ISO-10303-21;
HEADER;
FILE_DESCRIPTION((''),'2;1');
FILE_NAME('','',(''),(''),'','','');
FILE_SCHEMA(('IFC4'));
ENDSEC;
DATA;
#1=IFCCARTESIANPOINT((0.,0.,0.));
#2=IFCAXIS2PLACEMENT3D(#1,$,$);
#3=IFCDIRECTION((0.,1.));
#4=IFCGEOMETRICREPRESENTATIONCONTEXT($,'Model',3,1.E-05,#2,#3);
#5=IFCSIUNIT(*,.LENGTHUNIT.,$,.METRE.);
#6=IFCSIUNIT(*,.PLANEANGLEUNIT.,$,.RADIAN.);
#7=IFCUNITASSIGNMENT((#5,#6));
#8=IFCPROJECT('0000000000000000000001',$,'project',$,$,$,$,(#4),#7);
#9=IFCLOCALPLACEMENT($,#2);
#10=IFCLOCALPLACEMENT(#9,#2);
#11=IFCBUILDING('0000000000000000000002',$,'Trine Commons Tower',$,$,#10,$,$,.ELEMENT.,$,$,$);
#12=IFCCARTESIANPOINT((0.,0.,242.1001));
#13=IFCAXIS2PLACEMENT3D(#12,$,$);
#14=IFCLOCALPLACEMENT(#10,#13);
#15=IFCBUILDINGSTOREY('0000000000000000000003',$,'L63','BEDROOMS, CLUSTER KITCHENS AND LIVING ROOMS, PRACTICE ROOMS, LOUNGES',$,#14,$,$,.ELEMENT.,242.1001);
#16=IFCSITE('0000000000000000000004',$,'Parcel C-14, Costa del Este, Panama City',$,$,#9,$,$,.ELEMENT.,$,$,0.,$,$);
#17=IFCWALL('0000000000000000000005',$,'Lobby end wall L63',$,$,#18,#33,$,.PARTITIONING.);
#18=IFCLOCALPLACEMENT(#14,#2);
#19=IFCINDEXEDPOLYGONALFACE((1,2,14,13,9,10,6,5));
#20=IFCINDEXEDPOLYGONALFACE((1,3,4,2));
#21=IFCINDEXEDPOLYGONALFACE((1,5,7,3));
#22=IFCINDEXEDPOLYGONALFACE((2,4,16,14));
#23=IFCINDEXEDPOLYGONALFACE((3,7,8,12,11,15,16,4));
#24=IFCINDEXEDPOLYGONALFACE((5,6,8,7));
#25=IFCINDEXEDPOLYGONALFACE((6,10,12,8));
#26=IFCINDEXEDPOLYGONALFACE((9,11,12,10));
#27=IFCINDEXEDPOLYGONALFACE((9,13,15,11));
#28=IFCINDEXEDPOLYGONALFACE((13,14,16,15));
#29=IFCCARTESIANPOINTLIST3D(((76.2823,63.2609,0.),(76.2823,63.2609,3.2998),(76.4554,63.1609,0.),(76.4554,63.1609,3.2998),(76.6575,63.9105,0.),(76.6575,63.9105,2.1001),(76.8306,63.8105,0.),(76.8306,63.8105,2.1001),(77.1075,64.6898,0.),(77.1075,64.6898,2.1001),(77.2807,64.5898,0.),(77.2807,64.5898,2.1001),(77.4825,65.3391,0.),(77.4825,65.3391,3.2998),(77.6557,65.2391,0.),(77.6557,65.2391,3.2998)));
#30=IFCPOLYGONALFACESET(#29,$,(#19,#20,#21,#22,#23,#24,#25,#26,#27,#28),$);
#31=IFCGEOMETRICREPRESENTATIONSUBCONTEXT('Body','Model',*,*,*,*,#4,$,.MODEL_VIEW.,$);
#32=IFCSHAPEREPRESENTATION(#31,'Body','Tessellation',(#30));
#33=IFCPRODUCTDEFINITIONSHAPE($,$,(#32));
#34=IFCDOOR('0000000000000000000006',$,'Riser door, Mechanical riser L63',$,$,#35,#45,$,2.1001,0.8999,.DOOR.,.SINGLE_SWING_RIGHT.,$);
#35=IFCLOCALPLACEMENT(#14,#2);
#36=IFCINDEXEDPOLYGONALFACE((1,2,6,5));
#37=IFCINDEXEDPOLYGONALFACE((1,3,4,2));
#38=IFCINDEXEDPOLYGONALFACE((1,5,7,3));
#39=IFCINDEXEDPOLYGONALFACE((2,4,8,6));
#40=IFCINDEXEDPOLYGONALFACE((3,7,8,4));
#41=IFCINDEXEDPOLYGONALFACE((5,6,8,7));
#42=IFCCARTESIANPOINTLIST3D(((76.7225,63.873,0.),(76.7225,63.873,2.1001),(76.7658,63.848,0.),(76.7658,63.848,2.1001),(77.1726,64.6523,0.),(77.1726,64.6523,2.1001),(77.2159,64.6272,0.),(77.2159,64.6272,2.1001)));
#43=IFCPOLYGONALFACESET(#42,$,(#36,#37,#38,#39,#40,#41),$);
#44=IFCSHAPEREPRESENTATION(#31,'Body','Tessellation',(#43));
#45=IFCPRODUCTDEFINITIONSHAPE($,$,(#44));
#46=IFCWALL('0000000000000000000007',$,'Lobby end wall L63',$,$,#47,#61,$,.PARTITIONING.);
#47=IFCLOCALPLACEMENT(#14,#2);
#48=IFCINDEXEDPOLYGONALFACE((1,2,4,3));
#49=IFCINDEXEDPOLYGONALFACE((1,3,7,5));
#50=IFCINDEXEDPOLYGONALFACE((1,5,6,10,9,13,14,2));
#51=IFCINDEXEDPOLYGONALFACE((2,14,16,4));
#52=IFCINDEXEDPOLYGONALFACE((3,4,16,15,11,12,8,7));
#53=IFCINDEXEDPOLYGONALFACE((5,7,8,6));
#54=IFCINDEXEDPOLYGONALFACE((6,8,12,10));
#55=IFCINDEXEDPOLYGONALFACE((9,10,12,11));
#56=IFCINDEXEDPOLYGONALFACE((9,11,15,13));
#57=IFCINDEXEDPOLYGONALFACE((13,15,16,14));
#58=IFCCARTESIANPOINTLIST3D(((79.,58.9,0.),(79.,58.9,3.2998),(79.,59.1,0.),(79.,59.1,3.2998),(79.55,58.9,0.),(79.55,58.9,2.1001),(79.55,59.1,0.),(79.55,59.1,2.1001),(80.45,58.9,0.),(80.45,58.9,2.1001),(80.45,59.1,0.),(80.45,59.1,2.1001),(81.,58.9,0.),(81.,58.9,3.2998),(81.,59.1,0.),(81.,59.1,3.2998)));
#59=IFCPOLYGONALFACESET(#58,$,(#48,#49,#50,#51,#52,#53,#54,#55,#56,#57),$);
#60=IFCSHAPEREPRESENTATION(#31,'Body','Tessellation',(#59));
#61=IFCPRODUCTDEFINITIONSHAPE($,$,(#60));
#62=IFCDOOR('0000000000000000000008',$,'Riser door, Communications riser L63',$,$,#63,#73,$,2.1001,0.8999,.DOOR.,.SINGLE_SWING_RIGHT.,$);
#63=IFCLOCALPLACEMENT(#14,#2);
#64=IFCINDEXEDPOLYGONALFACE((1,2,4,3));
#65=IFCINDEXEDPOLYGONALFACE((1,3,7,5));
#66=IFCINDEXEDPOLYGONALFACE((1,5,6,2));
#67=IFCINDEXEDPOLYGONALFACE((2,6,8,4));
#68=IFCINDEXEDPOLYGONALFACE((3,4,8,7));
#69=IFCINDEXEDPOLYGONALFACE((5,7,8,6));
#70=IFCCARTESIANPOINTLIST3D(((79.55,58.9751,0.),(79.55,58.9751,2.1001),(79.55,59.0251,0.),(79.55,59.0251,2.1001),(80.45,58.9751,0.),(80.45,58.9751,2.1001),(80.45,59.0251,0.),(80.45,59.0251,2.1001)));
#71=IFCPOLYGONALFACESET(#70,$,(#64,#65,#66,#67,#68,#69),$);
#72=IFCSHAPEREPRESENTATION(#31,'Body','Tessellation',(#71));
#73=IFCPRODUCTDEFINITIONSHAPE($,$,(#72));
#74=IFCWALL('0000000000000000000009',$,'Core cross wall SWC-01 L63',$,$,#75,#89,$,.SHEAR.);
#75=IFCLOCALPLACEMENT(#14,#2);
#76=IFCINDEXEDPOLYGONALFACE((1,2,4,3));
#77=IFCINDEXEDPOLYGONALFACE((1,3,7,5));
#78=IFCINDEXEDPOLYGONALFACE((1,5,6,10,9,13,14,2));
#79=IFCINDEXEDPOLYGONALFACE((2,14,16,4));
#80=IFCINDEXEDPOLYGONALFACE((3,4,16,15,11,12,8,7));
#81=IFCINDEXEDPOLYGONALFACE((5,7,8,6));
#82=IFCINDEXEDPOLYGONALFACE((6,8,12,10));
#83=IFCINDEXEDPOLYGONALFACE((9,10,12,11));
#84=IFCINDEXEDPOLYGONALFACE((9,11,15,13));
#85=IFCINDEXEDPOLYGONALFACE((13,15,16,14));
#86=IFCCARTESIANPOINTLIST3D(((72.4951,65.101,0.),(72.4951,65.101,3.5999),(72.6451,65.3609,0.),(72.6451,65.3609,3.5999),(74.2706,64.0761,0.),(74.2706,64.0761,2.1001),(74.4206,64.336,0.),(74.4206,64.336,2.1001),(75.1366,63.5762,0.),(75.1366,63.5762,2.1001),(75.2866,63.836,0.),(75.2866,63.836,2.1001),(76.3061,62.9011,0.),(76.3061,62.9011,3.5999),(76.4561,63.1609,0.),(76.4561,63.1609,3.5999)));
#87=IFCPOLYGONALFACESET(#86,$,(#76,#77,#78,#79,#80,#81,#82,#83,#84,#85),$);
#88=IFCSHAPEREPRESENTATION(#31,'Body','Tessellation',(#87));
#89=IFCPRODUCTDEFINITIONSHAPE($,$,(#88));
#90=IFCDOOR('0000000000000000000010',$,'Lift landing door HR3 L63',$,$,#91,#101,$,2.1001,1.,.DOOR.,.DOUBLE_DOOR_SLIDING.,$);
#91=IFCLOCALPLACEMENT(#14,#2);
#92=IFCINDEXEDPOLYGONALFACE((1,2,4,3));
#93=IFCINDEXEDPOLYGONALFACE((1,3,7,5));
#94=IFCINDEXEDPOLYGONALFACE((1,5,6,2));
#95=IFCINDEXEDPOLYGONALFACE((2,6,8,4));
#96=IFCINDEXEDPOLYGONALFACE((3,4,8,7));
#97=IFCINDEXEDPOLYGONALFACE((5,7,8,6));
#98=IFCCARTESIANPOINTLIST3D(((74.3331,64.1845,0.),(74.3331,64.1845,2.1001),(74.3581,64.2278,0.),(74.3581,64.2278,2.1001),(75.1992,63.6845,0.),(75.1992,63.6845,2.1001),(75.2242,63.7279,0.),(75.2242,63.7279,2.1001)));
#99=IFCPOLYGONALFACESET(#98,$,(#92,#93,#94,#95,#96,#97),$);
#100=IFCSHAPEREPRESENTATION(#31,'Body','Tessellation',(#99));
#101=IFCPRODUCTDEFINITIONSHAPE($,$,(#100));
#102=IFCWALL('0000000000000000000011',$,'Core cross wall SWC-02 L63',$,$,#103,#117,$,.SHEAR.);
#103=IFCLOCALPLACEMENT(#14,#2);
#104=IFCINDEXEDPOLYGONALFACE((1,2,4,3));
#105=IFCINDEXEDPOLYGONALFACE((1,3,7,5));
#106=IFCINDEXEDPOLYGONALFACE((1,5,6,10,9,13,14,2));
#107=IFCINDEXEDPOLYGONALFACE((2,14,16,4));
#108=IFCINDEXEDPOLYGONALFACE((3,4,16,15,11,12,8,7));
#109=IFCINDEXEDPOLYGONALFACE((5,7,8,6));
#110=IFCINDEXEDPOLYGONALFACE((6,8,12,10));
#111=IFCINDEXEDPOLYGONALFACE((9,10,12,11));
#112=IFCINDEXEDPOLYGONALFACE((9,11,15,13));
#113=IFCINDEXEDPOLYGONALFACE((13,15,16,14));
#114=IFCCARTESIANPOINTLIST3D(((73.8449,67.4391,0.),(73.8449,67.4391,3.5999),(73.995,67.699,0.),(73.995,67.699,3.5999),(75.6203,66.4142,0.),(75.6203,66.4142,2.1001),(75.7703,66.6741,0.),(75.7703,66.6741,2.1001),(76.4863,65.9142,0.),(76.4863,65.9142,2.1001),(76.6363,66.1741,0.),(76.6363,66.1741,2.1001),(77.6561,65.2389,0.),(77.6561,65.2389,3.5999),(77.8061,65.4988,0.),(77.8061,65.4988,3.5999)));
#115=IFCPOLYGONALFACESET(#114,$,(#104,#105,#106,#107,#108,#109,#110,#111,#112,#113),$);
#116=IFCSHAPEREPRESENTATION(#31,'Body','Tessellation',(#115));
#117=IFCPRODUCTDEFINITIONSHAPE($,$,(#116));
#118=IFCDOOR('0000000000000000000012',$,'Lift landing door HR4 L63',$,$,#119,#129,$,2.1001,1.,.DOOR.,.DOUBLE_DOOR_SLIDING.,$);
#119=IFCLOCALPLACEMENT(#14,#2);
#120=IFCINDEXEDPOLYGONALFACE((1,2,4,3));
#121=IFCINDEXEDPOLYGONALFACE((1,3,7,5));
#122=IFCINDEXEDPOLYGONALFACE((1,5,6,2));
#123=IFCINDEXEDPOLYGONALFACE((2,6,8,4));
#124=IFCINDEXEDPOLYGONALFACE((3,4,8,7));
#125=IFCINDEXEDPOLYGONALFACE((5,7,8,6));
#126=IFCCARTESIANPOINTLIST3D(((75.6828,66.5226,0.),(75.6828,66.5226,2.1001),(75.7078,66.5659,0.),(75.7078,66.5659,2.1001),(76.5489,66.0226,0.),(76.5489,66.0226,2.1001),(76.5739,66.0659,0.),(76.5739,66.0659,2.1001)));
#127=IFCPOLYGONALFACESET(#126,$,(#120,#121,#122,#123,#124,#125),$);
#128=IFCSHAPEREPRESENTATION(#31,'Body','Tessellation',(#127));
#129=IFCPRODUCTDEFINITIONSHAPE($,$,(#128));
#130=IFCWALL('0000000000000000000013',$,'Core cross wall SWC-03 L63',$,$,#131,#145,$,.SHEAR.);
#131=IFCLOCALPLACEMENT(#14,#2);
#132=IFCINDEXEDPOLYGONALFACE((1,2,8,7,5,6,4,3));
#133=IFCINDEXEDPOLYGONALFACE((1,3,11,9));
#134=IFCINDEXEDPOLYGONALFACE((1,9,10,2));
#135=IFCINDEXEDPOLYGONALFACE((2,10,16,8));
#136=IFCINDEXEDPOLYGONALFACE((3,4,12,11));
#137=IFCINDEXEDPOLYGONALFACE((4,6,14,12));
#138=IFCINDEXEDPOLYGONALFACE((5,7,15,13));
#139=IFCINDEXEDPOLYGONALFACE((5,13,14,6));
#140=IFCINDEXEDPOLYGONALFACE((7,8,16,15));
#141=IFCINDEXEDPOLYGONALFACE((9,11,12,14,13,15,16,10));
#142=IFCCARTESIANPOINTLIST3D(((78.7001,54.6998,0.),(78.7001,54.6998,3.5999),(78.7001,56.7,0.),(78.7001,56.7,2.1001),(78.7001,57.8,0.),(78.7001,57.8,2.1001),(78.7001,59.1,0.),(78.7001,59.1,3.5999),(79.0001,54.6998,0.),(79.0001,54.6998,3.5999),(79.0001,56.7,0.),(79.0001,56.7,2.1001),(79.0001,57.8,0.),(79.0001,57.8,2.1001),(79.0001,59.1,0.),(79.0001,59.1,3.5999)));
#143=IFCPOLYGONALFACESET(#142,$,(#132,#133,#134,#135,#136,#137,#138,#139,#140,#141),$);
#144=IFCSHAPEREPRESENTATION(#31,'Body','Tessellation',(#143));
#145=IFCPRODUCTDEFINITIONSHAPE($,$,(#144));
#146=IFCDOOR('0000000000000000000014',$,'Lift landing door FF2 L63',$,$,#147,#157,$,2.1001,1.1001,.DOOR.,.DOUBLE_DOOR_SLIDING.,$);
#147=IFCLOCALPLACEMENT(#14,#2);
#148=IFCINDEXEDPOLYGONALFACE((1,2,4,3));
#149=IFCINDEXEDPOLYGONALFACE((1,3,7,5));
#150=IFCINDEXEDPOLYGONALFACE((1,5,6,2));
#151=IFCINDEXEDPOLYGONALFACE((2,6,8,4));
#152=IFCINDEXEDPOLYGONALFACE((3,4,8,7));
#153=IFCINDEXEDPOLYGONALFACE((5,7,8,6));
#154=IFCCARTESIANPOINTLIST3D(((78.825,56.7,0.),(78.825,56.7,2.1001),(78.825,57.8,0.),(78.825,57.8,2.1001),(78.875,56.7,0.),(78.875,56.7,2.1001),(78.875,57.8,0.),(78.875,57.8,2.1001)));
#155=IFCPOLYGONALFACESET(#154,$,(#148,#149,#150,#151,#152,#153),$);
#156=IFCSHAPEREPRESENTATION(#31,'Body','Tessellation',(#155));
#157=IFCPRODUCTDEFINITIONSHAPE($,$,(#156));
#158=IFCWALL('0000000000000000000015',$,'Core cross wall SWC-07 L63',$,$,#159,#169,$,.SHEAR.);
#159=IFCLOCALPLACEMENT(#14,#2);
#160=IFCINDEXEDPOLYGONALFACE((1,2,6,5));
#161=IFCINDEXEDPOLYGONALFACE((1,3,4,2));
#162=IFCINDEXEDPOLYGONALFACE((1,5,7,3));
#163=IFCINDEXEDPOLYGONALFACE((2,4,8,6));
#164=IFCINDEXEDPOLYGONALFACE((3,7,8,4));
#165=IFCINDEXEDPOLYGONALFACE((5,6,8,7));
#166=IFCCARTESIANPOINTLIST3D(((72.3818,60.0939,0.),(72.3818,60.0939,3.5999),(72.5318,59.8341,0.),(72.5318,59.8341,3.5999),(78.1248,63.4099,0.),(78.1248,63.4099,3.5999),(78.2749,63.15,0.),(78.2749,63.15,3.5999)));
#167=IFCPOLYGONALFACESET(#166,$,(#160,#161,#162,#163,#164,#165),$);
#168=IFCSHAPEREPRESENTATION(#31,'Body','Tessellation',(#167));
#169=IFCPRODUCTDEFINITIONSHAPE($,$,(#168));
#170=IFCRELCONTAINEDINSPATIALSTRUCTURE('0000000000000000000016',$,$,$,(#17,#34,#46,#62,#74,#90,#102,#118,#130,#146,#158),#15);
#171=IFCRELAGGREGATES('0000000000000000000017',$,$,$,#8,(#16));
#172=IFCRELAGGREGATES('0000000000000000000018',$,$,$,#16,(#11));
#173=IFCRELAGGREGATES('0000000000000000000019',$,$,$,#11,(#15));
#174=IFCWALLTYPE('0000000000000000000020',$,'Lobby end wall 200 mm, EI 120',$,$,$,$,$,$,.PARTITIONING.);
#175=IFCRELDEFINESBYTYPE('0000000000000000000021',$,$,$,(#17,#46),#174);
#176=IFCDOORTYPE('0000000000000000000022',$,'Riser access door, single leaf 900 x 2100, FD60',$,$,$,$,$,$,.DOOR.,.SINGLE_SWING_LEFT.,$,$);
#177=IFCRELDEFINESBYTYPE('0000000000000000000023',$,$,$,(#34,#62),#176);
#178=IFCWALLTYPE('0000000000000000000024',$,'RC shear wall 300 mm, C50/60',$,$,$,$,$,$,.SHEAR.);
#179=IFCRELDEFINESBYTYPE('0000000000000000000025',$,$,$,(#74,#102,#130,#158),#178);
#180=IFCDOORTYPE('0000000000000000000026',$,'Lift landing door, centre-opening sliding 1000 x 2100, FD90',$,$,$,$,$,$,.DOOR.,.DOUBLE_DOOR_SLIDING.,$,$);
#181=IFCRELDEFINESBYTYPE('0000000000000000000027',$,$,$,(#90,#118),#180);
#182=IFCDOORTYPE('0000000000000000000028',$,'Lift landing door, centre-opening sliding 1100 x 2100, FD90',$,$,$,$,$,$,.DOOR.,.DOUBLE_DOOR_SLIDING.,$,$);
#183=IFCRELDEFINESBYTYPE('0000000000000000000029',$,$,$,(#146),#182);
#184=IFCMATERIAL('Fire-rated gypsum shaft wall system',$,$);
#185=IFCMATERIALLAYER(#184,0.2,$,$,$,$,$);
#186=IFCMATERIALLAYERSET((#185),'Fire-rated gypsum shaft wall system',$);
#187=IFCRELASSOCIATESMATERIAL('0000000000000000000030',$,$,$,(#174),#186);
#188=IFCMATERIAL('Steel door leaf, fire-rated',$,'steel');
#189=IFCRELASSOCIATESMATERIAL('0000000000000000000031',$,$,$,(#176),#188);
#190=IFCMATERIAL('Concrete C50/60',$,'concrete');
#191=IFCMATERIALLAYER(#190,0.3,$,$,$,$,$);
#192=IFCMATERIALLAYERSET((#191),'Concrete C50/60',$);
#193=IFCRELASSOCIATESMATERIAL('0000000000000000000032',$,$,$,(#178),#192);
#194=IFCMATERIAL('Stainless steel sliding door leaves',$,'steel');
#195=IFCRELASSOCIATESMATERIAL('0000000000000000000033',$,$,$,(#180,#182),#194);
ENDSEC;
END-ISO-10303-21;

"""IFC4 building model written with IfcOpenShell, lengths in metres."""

from ifc_helpers import new_model, si_unit, direction, frame, frame_2d, origin, place, context, subcontext, project, spatial, rectangle, extrude, material, layer, layer_set, type_object, element, fill, save


model = new_model("IFC4")

# Units and contexts
model_context = context("Model", 3, precision=1e-05, world=origin(), true_north=direction((0.0, 1.0)))
body_context = subcontext(model_context, "Body", "Model", "MODEL_VIEW")
ifc_project = project(units=[si_unit("LENGTHUNIT", "METRE"), si_unit("PLANEANGLEUNIT", "RADIAN")], contexts=[model_context])

# Site, building, storey
site_placement = place(None, origin())
site = spatial("IfcSite", under=ifc_project, at=site_placement, Name="Parcel C-14, Costa del Este, Panama City", CompositionType="ELEMENT", RefElevation=0.0)
building_placement = place(site_placement, origin())
building = spatial("IfcBuilding", under=site, at=building_placement, Name="Trine Commons Tower", CompositionType="ELEMENT")
storey_placement = place(building_placement, frame((0.0, 0.0, 242.1001)))
storey = spatial("IfcBuildingStorey", under=building, at=storey_placement, Name="L63", Description="BEDROOMS, CLUSTER KITCHENS AND LIVING ROOMS, PRACTICE ROOMS, LOUNGES", CompositionType="ELEMENT", Elevation=242.1001)

# Walls, openings, doors
ifc_material_1 = material(Name="Fire-rated gypsum shaft wall system")
ifc_layer_1 = layer(ifc_material_1, 0.2)
ifc_layer_set_1 = layer_set([ifc_layer_1], Name="Fire-rated gypsum shaft wall system")
wall_type_1 = type_object("IfcWallType", Name="Lobby end wall 200 mm, EI 120", PredefinedType="PARTITIONING", material=ifc_layer_set_1)
wall_1_placement = place(storey_placement, frame((77.5691, 65.2891, 0.0), z_axis=(0.0, 0.0, 1.0), x_axis=(-0.500122, -0.865955, 0.0)))
wall_1 = element("IfcWall", 1, at=wall_1_placement, inside=storey, type_object=wall_type_1, Name="Lobby end wall L63", PredefinedType="PARTITIONING", context=body_context, shape_type="SweptSolid", body=[
    extrude(rectangle(XDim=2.3999, YDim=0.2, at=frame_2d((1.2, 0.0))), origin(), (0.0, 0.0, 1.0), 3.2998),
])
opening_1_placement = place(wall_1_placement, frame((0.7498, 0.0, 0.0)))
opening_1 = element("IfcOpeningElement", 2, at=opening_1_placement, cuts=wall_1, PredefinedType="OPENING", context=body_context, shape_type="SweptSolid", body=[
    extrude(rectangle(XDim=0.8999, YDim=2.1001, at=frame_2d((0.45, 1.05))), frame((0.0, 0.1099, 0.0), z_axis=(0.0, -1.0, 0.0), x_axis=(1.0, 0.0, 0.0)), (0.0, 0.0, 1.0), 0.22),
])
ifc_material_2 = material(Name="Steel door leaf, fire-rated", Category="steel")
door_type_1 = type_object("IfcDoorType", Name="Riser access door, single leaf 900 x 2100, FD60", OperationType="SINGLE_SWING_LEFT", PredefinedType="DOOR", material=ifc_material_2)
door_1_placement = place(opening_1_placement, frame((0.8999, 0.0, 0.0), z_axis=(0.0, 0.0, 1.0), x_axis=(-1.0, 0.0, 0.0)))
door_1 = element("IfcDoor", 3, at=door_1_placement, inside=storey, type_object=door_type_1, Name="Riser door, Mechanical riser L63", OperationType="SINGLE_SWING_RIGHT", OverallHeight=2.1001, OverallWidth=0.8999, PredefinedType="DOOR", context=body_context, shape_type="SweptSolid", body=[
    extrude(rectangle(XDim=0.8999, YDim=2.1001, at=frame_2d((0.45, 1.05))), frame((0.0, 0.0249, 0.0), z_axis=(0.0, -1.0, 0.0), x_axis=(1.0, 0.0, 0.0)), (0.0, 0.0, 1.0), 0.05),
])
fill(opening_1, door_1)
wall_2_placement = place(storey_placement, frame((79.0, 59.0, 0.0), z_axis=(0.0, 0.0, 1.0), x_axis=(1.0, 0.0, 0.0)))
wall_2 = element("IfcWall", 4, at=wall_2_placement, inside=storey, type_object=wall_type_1, Name="Lobby end wall L63", PredefinedType="PARTITIONING", context=body_context, shape_type="SweptSolid", body=[
    extrude(rectangle(XDim=2.0, YDim=0.2, at=frame_2d((1.0, 0.0))), origin(), (0.0, 0.0, 1.0), 3.2998),
])
opening_2_placement = place(wall_2_placement, frame((0.55, 0.0, 0.0)))
opening_2 = element("IfcOpeningElement", 5, at=opening_2_placement, cuts=wall_2, PredefinedType="OPENING", context=body_context, shape_type="SweptSolid", body=[
    extrude(rectangle(XDim=0.8999, YDim=2.1001, at=frame_2d((0.45, 1.05))), frame((0.0, 0.1099, 0.0), z_axis=(0.0, -1.0, 0.0), x_axis=(1.0, 0.0, 0.0)), (0.0, 0.0, 1.0), 0.22),
])
door_2_placement = place(opening_2_placement, frame((0.8999, 0.0, 0.0), z_axis=(0.0, 0.0, 1.0), x_axis=(-1.0, 0.0, 0.0)))
door_2 = element("IfcDoor", 6, at=door_2_placement, inside=storey, type_object=door_type_1, Name="Riser door, Communications riser L63", OperationType="SINGLE_SWING_RIGHT", OverallHeight=2.1001, OverallWidth=0.8999, PredefinedType="DOOR", context=body_context, shape_type="SweptSolid", body=[
    extrude(rectangle(XDim=0.8999, YDim=2.1001, at=frame_2d((0.45, 1.05))), frame((0.0, 0.0249, 0.0), z_axis=(0.0, -1.0, 0.0), x_axis=(1.0, 0.0, 0.0)), (0.0, 0.0, 1.0), 0.05),
])
fill(opening_2, door_2)
ifc_material_3 = material(Name="Concrete C50/60", Category="concrete")
ifc_layer_2 = layer(ifc_material_3, 0.3)
ifc_layer_set_2 = layer_set([ifc_layer_2], Name="Concrete C50/60")
wall_type_2 = type_object("IfcWallType", Name="RC shear wall 300 mm, C50/60", PredefinedType="SHEAR", material=ifc_layer_set_2)
wall_3_placement = place(storey_placement, frame((76.3811, 63.031, 0.0), z_axis=(0.0, 0.0, 1.0), x_axis=(-0.86606, 0.49994, 0.0)))
wall_3 = element("IfcWall", 7, at=wall_3_placement, inside=storey, type_object=wall_type_2, Name="Core cross wall SWC-01 L63", PredefinedType="SHEAR", context=body_context, shape_type="SweptSolid", body=[
    extrude(rectangle(XDim=4.4004, YDim=0.3, at=frame_2d((2.2002, 0.0))), origin(), (0.0, 0.0, 1.0), 3.5999),
])
opening_3_placement = place(wall_3_placement, frame((1.3503, 0.0, 0.0)))
opening_3 = element("IfcOpeningElement", 8, at=opening_3_placement, cuts=wall_3, PredefinedType="OPENING", context=body_context, shape_type="SweptSolid", body=[
    extrude(rectangle(XDim=1.0, YDim=2.1001, at=frame_2d((0.5, 1.05))), frame((0.0, 0.1599, 0.0), z_axis=(0.0, -1.0, 0.0), x_axis=(1.0, 0.0, 0.0)), (0.0, 0.0, 1.0), 0.3201),
])
ifc_material_4 = material(Name="Stainless steel sliding door leaves", Category="steel")
door_type_2 = type_object("IfcDoorType", Name="Lift landing door, centre-opening sliding 1000 x 2100, FD90", OperationType="DOUBLE_DOOR_SLIDING", PredefinedType="DOOR", material=ifc_material_4)
door_3_placement = place(opening_3_placement, origin())
door_3 = element("IfcDoor", 9, at=door_3_placement, inside=storey, type_object=door_type_2, Name="Lift landing door HR3 L63", OperationType="DOUBLE_DOOR_SLIDING", OverallHeight=2.1001, OverallWidth=1.0, PredefinedType="DOOR", context=body_context, shape_type="SweptSolid", body=[
    extrude(rectangle(XDim=1.0, YDim=2.1001, at=frame_2d((0.5, 1.05))), frame((0.0, 0.0249, 0.0), z_axis=(0.0, -1.0, 0.0), x_axis=(1.0, 0.0, 0.0)), (0.0, 0.0, 1.0), 0.05),
])
fill(opening_3, door_3)
wall_4_placement = place(storey_placement, frame((77.731, 65.3689, 0.0), z_axis=(0.0, 0.0, 1.0), x_axis=(-0.866036, 0.499982, 0.0)))
wall_4 = element("IfcWall", 10, at=wall_4_placement, inside=storey, type_object=wall_type_2, Name="Core cross wall SWC-02 L63", PredefinedType="SHEAR", context=body_context, shape_type="SweptSolid", body=[
    extrude(rectangle(XDim=4.4006, YDim=0.3, at=frame_2d((2.2002, 0.0))), origin(), (0.0, 0.0, 1.0), 3.5999),
])
opening_4_placement = place(wall_4_placement, frame((1.3506, 0.0, 0.0)))
opening_4 = element("IfcOpeningElement", 11, at=opening_4_placement, cuts=wall_4, PredefinedType="OPENING", context=body_context, shape_type="SweptSolid", body=[
    extrude(rectangle(XDim=1.0, YDim=2.1001, at=frame_2d((0.5, 1.05))), frame((0.0, 0.1599, 0.0), z_axis=(0.0, -1.0, 0.0), x_axis=(1.0, 0.0, 0.0)), (0.0, 0.0, 1.0), 0.3201),
])
door_4_placement = place(opening_4_placement, origin())
door_4 = element("IfcDoor", 12, at=door_4_placement, inside=storey, type_object=door_type_2, Name="Lift landing door HR4 L63", OperationType="DOUBLE_DOOR_SLIDING", OverallHeight=2.1001, OverallWidth=1.0, PredefinedType="DOOR", context=body_context, shape_type="SweptSolid", body=[
    extrude(rectangle(XDim=1.0, YDim=2.1001, at=frame_2d((0.5, 1.05))), frame((0.0, 0.0249, 0.0), z_axis=(0.0, -1.0, 0.0), x_axis=(1.0, 0.0, 0.0)), (0.0, 0.0, 1.0), 0.05),
])
fill(opening_4, door_4)
wall_5_placement = place(storey_placement, frame((78.8501, 59.1001, 0.0), z_axis=(0.0, 0.0, 1.0), x_axis=(0.0, -1.0, 0.0)))
wall_5 = element("IfcWall", 13, at=wall_5_placement, inside=storey, type_object=wall_type_2, Name="Core cross wall SWC-03 L63", PredefinedType="SHEAR", context=body_context, shape_type="SweptSolid", body=[
    extrude(rectangle(XDim=4.4001, YDim=0.3, at=frame_2d((2.2002, 0.0))), origin(), (0.0, 0.0, 1.0), 3.5999),
])
opening_5_placement = place(wall_5_placement, frame((1.3, 0.0, 0.0)))
opening_5 = element("IfcOpeningElement", 14, at=opening_5_placement, cuts=wall_5, PredefinedType="OPENING", context=body_context, shape_type="SweptSolid", body=[
    extrude(rectangle(XDim=1.1001, YDim=2.1001, at=frame_2d((0.55, 1.05))), frame((0.0, 0.1599, 0.0), z_axis=(0.0, -1.0, 0.0), x_axis=(1.0, 0.0, 0.0)), (0.0, 0.0, 1.0), 0.3201),
])
door_type_3 = type_object("IfcDoorType", Name="Lift landing door, centre-opening sliding 1100 x 2100, FD90", OperationType="DOUBLE_DOOR_SLIDING", PredefinedType="DOOR", material=ifc_material_4)
door_5_placement = place(opening_5_placement, origin())
door_5 = element("IfcDoor", 15, at=door_5_placement, inside=storey, type_object=door_type_3, Name="Lift landing door FF2 L63", OperationType="DOUBLE_DOOR_SLIDING", OverallHeight=2.1001, OverallWidth=1.1001, PredefinedType="DOOR", context=body_context, shape_type="SweptSolid", body=[
    extrude(rectangle(XDim=1.1001, YDim=2.1001, at=frame_2d((0.55, 1.05))), frame((0.0, 0.0249, 0.0), z_axis=(0.0, -1.0, 0.0), x_axis=(1.0, 0.0, 0.0)), (0.0, 0.0, 1.0), 0.05),
])
fill(opening_5, door_5)

# Wall
wall_6_placement = place(storey_placement, frame((78.2, 63.28, 0.0), z_axis=(0.0, 0.0, 1.0), x_axis=(-0.86601, -0.500027, 0.0)))
element("IfcWall", 16, at=wall_6_placement, inside=storey, type_object=wall_type_2, Name="Core cross wall SWC-07 L63", PredefinedType="SHEAR", context=body_context, shape_type="SweptSolid", body=[
    extrude(rectangle(XDim=6.6316, YDim=0.3, at=frame_2d((3.3159, 0.0))), origin(), (0.0, 0.0, 1.0), 3.5999),
])

save(model, "model.ifc")
